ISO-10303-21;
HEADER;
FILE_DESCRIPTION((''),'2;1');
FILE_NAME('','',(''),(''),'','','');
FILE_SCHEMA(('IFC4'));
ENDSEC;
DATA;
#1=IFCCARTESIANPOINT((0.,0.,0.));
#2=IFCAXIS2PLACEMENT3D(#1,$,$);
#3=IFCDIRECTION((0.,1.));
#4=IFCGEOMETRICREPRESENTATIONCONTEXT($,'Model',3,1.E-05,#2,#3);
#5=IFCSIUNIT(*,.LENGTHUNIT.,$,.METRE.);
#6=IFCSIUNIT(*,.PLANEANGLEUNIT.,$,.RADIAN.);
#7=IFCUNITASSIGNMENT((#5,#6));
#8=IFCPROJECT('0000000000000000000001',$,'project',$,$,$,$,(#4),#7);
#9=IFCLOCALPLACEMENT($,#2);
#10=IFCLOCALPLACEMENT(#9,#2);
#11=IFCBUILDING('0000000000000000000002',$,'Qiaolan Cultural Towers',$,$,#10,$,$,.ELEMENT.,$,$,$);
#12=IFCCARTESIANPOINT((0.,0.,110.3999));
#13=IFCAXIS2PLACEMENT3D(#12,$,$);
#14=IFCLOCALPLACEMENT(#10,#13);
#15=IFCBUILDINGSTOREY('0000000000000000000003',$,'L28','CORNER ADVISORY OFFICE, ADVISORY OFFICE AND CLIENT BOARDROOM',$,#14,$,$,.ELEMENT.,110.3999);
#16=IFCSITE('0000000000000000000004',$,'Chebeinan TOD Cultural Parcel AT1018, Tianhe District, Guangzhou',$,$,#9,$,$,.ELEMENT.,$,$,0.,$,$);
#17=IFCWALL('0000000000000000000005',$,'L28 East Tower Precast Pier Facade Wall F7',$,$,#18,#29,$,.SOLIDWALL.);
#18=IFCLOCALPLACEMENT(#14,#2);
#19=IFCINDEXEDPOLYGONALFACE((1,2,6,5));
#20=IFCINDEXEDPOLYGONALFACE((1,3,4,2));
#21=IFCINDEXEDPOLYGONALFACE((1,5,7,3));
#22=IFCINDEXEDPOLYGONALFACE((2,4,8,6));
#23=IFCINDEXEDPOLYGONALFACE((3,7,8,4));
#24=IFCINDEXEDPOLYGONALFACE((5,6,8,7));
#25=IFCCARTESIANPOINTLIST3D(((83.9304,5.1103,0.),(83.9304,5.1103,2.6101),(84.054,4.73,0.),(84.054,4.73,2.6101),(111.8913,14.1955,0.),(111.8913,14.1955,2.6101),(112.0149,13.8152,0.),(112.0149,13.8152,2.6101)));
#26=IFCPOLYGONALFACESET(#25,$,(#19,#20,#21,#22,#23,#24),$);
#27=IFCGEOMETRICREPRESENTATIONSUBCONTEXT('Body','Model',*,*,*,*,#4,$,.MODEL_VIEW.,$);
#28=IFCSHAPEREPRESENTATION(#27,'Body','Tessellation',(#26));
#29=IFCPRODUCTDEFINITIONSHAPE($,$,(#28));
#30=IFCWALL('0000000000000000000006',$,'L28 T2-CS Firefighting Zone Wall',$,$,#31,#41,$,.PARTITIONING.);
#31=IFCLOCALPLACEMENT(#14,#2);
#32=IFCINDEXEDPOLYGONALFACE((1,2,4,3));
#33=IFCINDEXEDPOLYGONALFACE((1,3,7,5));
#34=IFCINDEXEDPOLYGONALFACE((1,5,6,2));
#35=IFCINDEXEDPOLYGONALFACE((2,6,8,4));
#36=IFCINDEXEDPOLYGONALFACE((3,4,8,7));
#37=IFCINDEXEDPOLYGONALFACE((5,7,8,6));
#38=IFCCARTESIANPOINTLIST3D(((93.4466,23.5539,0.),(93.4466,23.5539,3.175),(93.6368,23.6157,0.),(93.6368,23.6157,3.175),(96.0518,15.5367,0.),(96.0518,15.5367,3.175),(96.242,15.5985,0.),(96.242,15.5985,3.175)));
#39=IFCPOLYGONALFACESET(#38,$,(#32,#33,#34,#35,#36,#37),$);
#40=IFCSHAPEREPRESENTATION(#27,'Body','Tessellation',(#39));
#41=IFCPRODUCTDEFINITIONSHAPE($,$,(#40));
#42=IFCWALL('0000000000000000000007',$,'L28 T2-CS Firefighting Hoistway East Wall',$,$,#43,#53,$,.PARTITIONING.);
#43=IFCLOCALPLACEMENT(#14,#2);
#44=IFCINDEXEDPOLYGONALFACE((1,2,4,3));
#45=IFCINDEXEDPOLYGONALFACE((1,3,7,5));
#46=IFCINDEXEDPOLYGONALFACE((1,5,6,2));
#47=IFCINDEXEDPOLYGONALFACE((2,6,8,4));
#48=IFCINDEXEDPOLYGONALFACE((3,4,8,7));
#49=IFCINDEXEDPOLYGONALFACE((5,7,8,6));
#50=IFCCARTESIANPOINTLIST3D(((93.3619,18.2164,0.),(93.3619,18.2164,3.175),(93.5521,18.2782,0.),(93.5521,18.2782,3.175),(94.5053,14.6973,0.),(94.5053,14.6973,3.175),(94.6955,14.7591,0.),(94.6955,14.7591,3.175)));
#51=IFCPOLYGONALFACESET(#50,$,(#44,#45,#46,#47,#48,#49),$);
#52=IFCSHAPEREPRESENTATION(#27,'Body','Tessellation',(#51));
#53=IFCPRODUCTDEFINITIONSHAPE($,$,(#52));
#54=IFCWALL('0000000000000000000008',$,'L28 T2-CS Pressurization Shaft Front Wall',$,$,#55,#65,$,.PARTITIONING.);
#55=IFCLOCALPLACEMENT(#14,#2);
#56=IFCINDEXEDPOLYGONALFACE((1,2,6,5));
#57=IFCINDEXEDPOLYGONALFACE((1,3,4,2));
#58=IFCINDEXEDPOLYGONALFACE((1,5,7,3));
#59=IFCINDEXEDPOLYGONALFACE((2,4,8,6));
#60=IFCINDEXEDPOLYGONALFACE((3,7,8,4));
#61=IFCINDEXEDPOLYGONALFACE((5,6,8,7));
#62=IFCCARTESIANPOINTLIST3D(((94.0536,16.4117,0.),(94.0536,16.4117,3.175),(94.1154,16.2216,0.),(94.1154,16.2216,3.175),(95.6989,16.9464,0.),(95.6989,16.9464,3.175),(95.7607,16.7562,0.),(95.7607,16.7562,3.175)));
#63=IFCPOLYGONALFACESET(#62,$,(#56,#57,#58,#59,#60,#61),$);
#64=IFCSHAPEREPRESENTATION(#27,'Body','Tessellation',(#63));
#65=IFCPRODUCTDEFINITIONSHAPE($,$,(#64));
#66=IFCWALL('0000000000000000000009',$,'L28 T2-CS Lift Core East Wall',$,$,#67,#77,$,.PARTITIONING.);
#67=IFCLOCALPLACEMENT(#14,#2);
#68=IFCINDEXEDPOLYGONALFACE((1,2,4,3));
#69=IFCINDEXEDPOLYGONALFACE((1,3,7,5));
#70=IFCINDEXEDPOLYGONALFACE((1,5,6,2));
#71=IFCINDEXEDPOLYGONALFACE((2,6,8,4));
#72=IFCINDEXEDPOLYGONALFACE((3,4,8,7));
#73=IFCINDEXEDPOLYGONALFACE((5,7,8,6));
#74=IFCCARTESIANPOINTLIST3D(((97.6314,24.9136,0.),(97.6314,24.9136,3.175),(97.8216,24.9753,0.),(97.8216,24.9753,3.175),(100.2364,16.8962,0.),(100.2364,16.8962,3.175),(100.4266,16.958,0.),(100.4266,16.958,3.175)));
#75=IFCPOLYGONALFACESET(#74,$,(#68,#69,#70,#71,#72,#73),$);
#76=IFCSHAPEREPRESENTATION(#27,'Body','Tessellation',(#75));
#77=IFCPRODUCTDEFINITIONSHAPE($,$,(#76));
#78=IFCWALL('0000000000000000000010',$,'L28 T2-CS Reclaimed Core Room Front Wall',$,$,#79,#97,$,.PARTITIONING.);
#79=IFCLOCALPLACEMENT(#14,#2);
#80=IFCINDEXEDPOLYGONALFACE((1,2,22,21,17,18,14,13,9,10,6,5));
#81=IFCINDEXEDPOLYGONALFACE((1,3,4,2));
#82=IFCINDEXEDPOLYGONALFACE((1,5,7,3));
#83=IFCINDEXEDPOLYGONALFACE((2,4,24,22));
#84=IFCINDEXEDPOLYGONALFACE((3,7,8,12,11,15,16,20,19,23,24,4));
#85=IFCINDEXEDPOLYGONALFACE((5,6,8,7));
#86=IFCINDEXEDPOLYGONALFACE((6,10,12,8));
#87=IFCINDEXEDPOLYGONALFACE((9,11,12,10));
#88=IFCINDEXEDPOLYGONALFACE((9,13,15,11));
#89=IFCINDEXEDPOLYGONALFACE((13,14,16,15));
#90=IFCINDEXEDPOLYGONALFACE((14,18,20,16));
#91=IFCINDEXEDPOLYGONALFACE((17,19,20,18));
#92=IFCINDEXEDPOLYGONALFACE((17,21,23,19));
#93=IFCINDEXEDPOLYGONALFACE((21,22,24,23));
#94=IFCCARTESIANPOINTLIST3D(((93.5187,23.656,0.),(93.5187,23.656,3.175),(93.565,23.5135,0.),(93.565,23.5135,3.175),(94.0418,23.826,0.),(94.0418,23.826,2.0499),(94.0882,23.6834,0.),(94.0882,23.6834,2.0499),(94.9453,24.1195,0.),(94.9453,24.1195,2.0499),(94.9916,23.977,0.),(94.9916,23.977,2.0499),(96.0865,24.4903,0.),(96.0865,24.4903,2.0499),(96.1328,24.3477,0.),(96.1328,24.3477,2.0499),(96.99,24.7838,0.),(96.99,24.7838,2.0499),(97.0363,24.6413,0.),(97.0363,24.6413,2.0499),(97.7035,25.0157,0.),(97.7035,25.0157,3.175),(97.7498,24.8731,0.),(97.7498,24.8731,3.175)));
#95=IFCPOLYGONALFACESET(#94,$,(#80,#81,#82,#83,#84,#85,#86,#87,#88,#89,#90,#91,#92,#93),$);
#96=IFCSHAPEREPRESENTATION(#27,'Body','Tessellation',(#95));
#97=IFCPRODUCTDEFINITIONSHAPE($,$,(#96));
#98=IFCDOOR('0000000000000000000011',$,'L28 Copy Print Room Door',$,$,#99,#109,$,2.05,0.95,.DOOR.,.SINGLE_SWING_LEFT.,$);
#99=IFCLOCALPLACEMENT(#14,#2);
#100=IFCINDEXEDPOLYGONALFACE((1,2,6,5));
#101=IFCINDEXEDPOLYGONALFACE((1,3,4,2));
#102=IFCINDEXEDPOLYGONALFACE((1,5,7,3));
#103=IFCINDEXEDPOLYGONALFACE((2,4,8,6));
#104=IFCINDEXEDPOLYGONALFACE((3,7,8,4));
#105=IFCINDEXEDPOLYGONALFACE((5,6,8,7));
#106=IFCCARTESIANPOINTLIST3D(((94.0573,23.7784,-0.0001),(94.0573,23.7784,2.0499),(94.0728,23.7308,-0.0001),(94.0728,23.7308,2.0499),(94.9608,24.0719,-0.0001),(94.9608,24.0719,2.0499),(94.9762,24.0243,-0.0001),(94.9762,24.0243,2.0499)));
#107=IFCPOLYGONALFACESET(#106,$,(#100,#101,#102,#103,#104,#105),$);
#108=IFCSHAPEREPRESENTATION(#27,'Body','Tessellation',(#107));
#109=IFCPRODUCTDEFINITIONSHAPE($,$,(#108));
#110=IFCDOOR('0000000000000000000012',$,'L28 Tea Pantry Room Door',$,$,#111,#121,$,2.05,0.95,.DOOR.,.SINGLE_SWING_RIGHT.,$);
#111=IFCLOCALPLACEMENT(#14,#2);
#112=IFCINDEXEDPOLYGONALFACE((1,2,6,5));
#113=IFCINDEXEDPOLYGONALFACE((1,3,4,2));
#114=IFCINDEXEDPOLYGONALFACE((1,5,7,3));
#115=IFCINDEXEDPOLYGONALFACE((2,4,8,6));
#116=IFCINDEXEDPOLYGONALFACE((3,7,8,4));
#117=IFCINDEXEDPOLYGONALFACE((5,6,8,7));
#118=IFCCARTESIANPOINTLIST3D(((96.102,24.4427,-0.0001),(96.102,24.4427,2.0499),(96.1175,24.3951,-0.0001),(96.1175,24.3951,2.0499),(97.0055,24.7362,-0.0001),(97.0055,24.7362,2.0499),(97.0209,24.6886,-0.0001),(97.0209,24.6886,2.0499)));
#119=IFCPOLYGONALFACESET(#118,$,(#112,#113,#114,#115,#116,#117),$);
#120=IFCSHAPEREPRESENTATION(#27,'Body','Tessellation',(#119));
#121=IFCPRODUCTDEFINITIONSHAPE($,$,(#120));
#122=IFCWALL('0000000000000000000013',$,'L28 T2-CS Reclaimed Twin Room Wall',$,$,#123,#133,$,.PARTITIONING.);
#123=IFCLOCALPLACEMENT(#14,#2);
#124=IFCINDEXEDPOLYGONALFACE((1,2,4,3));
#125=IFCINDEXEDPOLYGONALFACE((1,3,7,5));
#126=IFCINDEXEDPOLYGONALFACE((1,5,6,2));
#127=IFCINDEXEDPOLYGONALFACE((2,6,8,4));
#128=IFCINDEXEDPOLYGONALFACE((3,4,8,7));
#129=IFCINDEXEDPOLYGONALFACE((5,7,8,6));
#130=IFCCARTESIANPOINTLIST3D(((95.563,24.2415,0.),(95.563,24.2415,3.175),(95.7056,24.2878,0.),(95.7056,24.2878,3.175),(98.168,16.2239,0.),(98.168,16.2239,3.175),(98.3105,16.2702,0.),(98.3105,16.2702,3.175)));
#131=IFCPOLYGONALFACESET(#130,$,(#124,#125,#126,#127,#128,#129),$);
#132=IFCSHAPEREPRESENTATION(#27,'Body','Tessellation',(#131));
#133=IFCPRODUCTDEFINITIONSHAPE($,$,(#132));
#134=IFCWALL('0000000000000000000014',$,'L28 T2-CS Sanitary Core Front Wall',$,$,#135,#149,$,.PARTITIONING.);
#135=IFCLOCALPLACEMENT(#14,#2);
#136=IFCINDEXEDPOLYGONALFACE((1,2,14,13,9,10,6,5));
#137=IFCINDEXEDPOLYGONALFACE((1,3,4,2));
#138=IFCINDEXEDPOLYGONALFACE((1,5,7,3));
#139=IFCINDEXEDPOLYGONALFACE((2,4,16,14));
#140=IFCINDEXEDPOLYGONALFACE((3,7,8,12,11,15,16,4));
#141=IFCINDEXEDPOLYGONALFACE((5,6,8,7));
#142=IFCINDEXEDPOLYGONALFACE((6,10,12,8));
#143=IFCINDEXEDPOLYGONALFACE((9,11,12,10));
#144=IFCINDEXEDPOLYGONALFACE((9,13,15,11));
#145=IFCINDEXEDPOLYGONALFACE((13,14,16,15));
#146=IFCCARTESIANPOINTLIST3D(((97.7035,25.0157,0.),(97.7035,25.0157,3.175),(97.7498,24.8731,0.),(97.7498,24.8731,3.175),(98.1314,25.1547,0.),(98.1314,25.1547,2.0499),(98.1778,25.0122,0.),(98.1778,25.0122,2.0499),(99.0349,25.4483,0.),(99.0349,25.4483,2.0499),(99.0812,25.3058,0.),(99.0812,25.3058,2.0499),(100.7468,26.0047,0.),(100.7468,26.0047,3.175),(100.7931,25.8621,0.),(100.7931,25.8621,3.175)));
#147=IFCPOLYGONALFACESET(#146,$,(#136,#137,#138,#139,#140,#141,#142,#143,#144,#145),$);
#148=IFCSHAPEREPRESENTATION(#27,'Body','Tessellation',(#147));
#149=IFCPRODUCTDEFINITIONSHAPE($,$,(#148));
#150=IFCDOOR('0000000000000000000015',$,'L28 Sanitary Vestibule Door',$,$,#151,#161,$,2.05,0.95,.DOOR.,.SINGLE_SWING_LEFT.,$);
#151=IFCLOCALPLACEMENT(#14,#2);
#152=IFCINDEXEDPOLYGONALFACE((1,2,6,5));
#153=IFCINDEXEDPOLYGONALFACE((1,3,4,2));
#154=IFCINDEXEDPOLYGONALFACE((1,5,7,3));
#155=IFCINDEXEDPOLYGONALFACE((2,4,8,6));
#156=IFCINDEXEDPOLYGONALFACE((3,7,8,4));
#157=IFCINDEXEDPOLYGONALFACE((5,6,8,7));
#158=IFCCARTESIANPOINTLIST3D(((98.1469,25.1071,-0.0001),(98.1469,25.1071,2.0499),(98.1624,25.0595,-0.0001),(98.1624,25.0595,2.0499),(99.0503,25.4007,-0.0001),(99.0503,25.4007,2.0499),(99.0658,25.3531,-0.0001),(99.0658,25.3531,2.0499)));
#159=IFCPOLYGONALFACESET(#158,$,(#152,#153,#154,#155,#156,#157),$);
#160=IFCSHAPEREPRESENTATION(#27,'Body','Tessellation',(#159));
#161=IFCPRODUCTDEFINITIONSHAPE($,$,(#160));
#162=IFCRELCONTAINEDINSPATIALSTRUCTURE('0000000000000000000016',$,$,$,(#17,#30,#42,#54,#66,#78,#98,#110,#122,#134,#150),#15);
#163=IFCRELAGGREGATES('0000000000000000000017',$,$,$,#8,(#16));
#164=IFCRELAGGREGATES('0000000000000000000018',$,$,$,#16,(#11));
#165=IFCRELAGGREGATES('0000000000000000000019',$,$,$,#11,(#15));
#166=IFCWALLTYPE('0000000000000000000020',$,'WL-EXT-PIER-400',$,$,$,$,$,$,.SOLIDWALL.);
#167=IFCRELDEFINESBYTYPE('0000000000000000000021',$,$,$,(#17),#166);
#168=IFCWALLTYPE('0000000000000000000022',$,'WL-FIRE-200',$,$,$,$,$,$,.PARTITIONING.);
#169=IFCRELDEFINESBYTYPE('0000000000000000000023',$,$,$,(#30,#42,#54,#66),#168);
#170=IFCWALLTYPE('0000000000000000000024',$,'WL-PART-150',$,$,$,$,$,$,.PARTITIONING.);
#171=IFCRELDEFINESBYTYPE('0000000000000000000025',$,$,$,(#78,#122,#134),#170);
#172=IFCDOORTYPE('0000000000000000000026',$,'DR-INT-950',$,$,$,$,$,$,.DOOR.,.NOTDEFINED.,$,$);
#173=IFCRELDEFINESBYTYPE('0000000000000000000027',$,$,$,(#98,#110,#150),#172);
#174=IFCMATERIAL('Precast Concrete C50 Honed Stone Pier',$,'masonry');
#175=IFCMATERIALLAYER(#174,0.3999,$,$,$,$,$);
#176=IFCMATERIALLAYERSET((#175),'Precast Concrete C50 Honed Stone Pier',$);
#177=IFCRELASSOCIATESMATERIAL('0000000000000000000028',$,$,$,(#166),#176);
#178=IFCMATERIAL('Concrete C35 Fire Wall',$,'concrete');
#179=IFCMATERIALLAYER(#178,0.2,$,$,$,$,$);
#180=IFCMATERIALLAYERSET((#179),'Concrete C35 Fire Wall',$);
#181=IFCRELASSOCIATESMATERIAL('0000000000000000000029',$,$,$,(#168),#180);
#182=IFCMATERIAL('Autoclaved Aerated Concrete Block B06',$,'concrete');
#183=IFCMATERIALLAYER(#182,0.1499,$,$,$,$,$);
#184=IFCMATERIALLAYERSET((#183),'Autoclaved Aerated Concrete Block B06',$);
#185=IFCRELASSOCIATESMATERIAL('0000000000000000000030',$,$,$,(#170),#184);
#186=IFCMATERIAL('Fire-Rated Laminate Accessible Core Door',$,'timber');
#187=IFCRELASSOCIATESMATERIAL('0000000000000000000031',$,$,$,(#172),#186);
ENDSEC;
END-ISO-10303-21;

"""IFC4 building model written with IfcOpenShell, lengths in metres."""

from ifc_helpers import new_model, si_unit, direction, frame, frame_2d, origin, place, context, subcontext, project, spatial, rectangle, extrude, material, layer, layer_set, type_object, element, fill, save


model = new_model("IFC4")

# Units and contexts
model_context = context("Model", 3, precision=1e-05, world=origin(), true_north=direction((0.0, 1.0)))
body_context = subcontext(model_context, "Body", "Model", "MODEL_VIEW")
ifc_project = project(units=[si_unit("LENGTHUNIT", "METRE"), si_unit("PLANEANGLEUNIT", "RADIAN")], contexts=[model_context])

# Site, building, storey
site_placement = place(None, origin())
site = spatial("IfcSite", under=ifc_project, at=site_placement, Name="Chebeinan TOD Cultural Parcel AT1018, Tianhe District, Guangzhou", CompositionType="ELEMENT", RefElevation=0.0)
building_placement = place(site_placement, origin())
building = spatial("IfcBuilding", under=site, at=building_placement, Name="Qiaolan Cultural Towers", CompositionType="ELEMENT")
storey_placement = place(building_placement, frame((0.0, 0.0, 110.3999)))
storey = spatial("IfcBuildingStorey", under=building, at=storey_placement, Name="L28", Description="CORNER ADVISORY OFFICE, ADVISORY OFFICE AND CLIENT BOARDROOM", CompositionType="ELEMENT", Elevation=110.3999)

# Walls
ifc_material_1 = material(Name="Precast Concrete C50 Honed Stone Pier", Category="masonry")
ifc_layer_1 = layer(ifc_material_1, 0.3999)
ifc_layer_set_1 = layer_set([ifc_layer_1], Name="Precast Concrete C50 Honed Stone Pier")
wall_type_1 = type_object("IfcWallType", Name="WL-EXT-PIER-400", PredefinedType="SOLIDWALL", material=ifc_layer_set_1)
wall_1_placement = place(storey_placement, frame((111.9531, 14.0054, 0.0), z_axis=(0.0, 0.0, 1.0), x_axis=(-0.951055, -0.309021, 0.0)))
element("IfcWall", 1, at=wall_1_placement, inside=storey, type_object=wall_type_1, Name="L28 East Tower Precast Pier Facade Wall F7", PredefinedType="SOLIDWALL", context=body_context, shape_type="SweptSolid", body=[
    extrude(rectangle(XDim=29.3999, YDim=0.3999, at=frame_2d((14.7, 0.0))), origin(), (0.0, 0.0, 1.0), 2.6101),
])
ifc_material_2 = material(Name="Concrete C35 Fire Wall", Category="concrete")
ifc_layer_2 = layer(ifc_material_2, 0.2)
ifc_layer_set_2 = layer_set([ifc_layer_2], Name="Concrete C35 Fire Wall")
wall_type_2 = type_object("IfcWallType", Name="WL-FIRE-200", PredefinedType="PARTITIONING", material=ifc_layer_set_2)
wall_2_placement = place(storey_placement, frame((93.5417, 23.5847, 0.0), z_axis=(0.0, 0.0, 1.0), x_axis=(0.309042, -0.951048, 0.0)))
element("IfcWall", 2, at=wall_2_placement, inside=storey, type_object=wall_type_2, Name="L28 T2-CS Firefighting Zone Wall", PredefinedType="PARTITIONING", context=body_context, shape_type="SweptSolid", body=[
    extrude(rectangle(XDim=8.4299, YDim=0.2, at=frame_2d((4.2148, 0.0))), origin(), (0.0, 0.0, 1.0), 3.175),
])
wall_3_placement = place(storey_placement, frame((93.457, 18.2473, 0.0), z_axis=(0.0, 0.0, 1.0), x_axis=(0.308994, -0.951064, 0.0)))
element("IfcWall", 3, at=wall_3_placement, inside=storey, type_object=wall_type_2, Name="L28 T2-CS Firefighting Hoistway East Wall", PredefinedType="PARTITIONING", context=body_context, shape_type="SweptSolid", body=[
    extrude(rectangle(XDim=3.7002, YDim=0.2, at=frame_2d((1.8501, 0.0))), origin(), (0.0, 0.0, 1.0), 3.175),
])
wall_4_placement = place(storey_placement, frame((94.0845, 16.3167, 0.0), z_axis=(0.0, 0.0, 1.0), x_axis=(0.951041, 0.309064, 0.0)))
element("IfcWall", 4, at=wall_4_placement, inside=storey, type_object=wall_type_2, Name="L28 T2-CS Pressurization Shaft Front Wall", PredefinedType="PARTITIONING", context=body_context, shape_type="SweptSolid", body=[
    extrude(rectangle(XDim=1.73, YDim=0.2, at=frame_2d((0.865, 0.0))), origin(), (0.0, 0.0, 1.0), 3.175),
])
wall_5_placement = place(storey_placement, frame((97.7266, 24.9443, 0.0), z_axis=(0.0, 0.0, 1.0), x_axis=(0.309016, -0.951057, 0.0)))
element("IfcWall", 5, at=wall_5_placement, inside=storey, type_object=wall_type_2, Name="L28 T2-CS Lift Core East Wall", PredefinedType="PARTITIONING", context=body_context, shape_type="SweptSolid", body=[
    extrude(rectangle(XDim=8.4299, YDim=0.2, at=frame_2d((4.2148, 0.0))), origin(), (0.0, 0.0, 1.0), 3.175),
])

# Wall, openings, doors
ifc_material_3 = material(Name="Autoclaved Aerated Concrete Block B06", Category="concrete")
ifc_layer_3 = layer(ifc_material_3, 0.1499)
ifc_layer_set_3 = layer_set([ifc_layer_3], Name="Autoclaved Aerated Concrete Block B06")
wall_type_3 = type_object("IfcWallType", Name="WL-PART-150", PredefinedType="PARTITIONING", material=ifc_layer_set_3)
wall_6_placement = place(storey_placement, frame((93.5417, 23.5847, 0.0), z_axis=(0.0, 0.0, 1.0), x_axis=(0.951064, 0.308994, 0.0)))
wall_6 = element("IfcWall", 6, at=wall_6_placement, inside=storey, type_object=wall_type_3, Name="L28 T2-CS Reclaimed Core Room Front Wall", PredefinedType="PARTITIONING", context=body_context, shape_type="SweptSolid", body=[
    extrude(rectangle(XDim=4.4001, YDim=0.1499, at=frame_2d((2.2002, 0.0))), origin(), (0.0, 0.0, 1.0), 3.175),
])
opening_1_placement = place(wall_6_placement, frame((0.55, 0.0, 0.0)))
opening_1 = element("IfcOpeningElement", 7, at=opening_1_placement, cuts=wall_6, PredefinedType="OPENING", context=body_context, shape_type="SweptSolid", body=[
    extrude(rectangle(XDim=0.95, YDim=2.05, at=frame_2d((0.4751, 1.0249))), frame((0.0, 0.085, 0.0), z_axis=(0.0, -1.0, 0.0), x_axis=(1.0, 0.0, 0.0)), (0.0, 0.0, 1.0), 0.1699),
])
opening_2_placement = place(wall_6_placement, frame((2.7, 0.0, 0.0)))
opening_2 = element("IfcOpeningElement", 8, at=opening_2_placement, cuts=wall_6, PredefinedType="OPENING", context=body_context, shape_type="SweptSolid", body=[
    extrude(rectangle(XDim=0.95, YDim=2.05, at=frame_2d((0.4751, 1.0249))), frame((0.0, 0.085, 0.0), z_axis=(0.0, -1.0, 0.0), x_axis=(1.0, 0.0, 0.0)), (0.0, 0.0, 1.0), 0.1699),
])
ifc_material_4 = material(Name="Fire-Rated Laminate Accessible Core Door", Category="timber")
door_type_1 = type_object("IfcDoorType", Name="DR-INT-950", OperationType="NOTDEFINED", PredefinedType="DOOR", material=ifc_material_4)
door_1_placement = place(opening_1_placement, origin())
door_1 = element("IfcDoor", 9, at=door_1_placement, inside=storey, type_object=door_type_1, Name="L28 Copy Print Room Door", OperationType="SINGLE_SWING_LEFT", OverallHeight=2.05, OverallWidth=0.95, PredefinedType="DOOR", context=body_context, shape_type="SweptSolid", body=[
    extrude(rectangle(XDim=0.95, YDim=2.05, at=frame_2d((0.4751, 1.0249))), frame((0.0, 0.0249, 0.0), z_axis=(0.0, -1.0, 0.0), x_axis=(1.0, 0.0, 0.0)), (0.0, 0.0, 1.0), 0.05),
])
fill(opening_1, door_1)
door_2_placement = place(opening_2_placement, origin())
door_2 = element("IfcDoor", 10, at=door_2_placement, inside=storey, type_object=door_type_1, Name="L28 Tea Pantry Room Door", OperationType="SINGLE_SWING_RIGHT", OverallHeight=2.05, OverallWidth=0.95, PredefinedType="DOOR", context=body_context, shape_type="SweptSolid", body=[
    extrude(rectangle(XDim=0.95, YDim=2.05, at=frame_2d((0.4751, 1.0249))), frame((0.0, 0.0249, 0.0), z_axis=(0.0, -1.0, 0.0), x_axis=(1.0, 0.0, 0.0)), (0.0, 0.0, 1.0), 0.05),
])
fill(opening_2, door_2)

# Wall
wall_7_placement = place(storey_placement, frame((95.6343, 24.2646, 0.0), z_axis=(0.0, 0.0, 1.0), x_axis=(0.309007, -0.95106, 0.0)))
element("IfcWall", 11, at=wall_7_placement, inside=storey, type_object=wall_type_3, Name="L28 T2-CS Reclaimed Twin Room Wall", PredefinedType="PARTITIONING", context=body_context, shape_type="SweptSolid", body=[
    extrude(rectangle(XDim=8.4302, YDim=0.1499, at=frame_2d((4.2151, 0.0))), origin(), (0.0, 0.0, 1.0), 3.175),
])

# Wall, opening, door
wall_8_placement = place(storey_placement, frame((97.7266, 24.9443, 0.0), z_axis=(0.0, 0.0, 1.0), x_axis=(0.951037, 0.309077, 0.0)))
wall_8 = element("IfcWall", 12, at=wall_8_placement, inside=storey, type_object=wall_type_3, Name="L28 T2-CS Sanitary Core Front Wall", PredefinedType="PARTITIONING", context=body_context, shape_type="SweptSolid", body=[
    extrude(rectangle(XDim=3.2, YDim=0.1499, at=frame_2d((1.6001, 0.0))), origin(), (0.0, 0.0, 1.0), 3.175),
])
opening_3_placement = place(wall_8_placement, frame((0.45, 0.0, 0.0)))
opening_3 = element("IfcOpeningElement", 13, at=opening_3_placement, cuts=wall_8, PredefinedType="OPENING", context=body_context, shape_type="SweptSolid", body=[
    extrude(rectangle(XDim=0.95, YDim=2.05, at=frame_2d((0.4751, 1.0249))), frame((0.0, 0.085, 0.0), z_axis=(0.0, -1.0, 0.0), x_axis=(1.0, 0.0, 0.0)), (0.0, 0.0, 1.0), 0.1699),
])
door_3_placement = place(opening_3_placement, origin())
door_3 = element("IfcDoor", 14, at=door_3_placement, inside=storey, type_object=door_type_1, Name="L28 Sanitary Vestibule Door", OperationType="SINGLE_SWING_LEFT", OverallHeight=2.05, OverallWidth=0.95, PredefinedType="DOOR", context=body_context, shape_type="SweptSolid", body=[
    extrude(rectangle(XDim=0.95, YDim=2.05, at=frame_2d((0.4751, 1.0249))), frame((0.0, 0.0249, 0.0), z_axis=(0.0, -1.0, 0.0), x_axis=(1.0, 0.0, 0.0)), (0.0, 0.0, 1.0), 0.05),
])
fill(opening_3, door_3)

save(model, "model.ifc")
